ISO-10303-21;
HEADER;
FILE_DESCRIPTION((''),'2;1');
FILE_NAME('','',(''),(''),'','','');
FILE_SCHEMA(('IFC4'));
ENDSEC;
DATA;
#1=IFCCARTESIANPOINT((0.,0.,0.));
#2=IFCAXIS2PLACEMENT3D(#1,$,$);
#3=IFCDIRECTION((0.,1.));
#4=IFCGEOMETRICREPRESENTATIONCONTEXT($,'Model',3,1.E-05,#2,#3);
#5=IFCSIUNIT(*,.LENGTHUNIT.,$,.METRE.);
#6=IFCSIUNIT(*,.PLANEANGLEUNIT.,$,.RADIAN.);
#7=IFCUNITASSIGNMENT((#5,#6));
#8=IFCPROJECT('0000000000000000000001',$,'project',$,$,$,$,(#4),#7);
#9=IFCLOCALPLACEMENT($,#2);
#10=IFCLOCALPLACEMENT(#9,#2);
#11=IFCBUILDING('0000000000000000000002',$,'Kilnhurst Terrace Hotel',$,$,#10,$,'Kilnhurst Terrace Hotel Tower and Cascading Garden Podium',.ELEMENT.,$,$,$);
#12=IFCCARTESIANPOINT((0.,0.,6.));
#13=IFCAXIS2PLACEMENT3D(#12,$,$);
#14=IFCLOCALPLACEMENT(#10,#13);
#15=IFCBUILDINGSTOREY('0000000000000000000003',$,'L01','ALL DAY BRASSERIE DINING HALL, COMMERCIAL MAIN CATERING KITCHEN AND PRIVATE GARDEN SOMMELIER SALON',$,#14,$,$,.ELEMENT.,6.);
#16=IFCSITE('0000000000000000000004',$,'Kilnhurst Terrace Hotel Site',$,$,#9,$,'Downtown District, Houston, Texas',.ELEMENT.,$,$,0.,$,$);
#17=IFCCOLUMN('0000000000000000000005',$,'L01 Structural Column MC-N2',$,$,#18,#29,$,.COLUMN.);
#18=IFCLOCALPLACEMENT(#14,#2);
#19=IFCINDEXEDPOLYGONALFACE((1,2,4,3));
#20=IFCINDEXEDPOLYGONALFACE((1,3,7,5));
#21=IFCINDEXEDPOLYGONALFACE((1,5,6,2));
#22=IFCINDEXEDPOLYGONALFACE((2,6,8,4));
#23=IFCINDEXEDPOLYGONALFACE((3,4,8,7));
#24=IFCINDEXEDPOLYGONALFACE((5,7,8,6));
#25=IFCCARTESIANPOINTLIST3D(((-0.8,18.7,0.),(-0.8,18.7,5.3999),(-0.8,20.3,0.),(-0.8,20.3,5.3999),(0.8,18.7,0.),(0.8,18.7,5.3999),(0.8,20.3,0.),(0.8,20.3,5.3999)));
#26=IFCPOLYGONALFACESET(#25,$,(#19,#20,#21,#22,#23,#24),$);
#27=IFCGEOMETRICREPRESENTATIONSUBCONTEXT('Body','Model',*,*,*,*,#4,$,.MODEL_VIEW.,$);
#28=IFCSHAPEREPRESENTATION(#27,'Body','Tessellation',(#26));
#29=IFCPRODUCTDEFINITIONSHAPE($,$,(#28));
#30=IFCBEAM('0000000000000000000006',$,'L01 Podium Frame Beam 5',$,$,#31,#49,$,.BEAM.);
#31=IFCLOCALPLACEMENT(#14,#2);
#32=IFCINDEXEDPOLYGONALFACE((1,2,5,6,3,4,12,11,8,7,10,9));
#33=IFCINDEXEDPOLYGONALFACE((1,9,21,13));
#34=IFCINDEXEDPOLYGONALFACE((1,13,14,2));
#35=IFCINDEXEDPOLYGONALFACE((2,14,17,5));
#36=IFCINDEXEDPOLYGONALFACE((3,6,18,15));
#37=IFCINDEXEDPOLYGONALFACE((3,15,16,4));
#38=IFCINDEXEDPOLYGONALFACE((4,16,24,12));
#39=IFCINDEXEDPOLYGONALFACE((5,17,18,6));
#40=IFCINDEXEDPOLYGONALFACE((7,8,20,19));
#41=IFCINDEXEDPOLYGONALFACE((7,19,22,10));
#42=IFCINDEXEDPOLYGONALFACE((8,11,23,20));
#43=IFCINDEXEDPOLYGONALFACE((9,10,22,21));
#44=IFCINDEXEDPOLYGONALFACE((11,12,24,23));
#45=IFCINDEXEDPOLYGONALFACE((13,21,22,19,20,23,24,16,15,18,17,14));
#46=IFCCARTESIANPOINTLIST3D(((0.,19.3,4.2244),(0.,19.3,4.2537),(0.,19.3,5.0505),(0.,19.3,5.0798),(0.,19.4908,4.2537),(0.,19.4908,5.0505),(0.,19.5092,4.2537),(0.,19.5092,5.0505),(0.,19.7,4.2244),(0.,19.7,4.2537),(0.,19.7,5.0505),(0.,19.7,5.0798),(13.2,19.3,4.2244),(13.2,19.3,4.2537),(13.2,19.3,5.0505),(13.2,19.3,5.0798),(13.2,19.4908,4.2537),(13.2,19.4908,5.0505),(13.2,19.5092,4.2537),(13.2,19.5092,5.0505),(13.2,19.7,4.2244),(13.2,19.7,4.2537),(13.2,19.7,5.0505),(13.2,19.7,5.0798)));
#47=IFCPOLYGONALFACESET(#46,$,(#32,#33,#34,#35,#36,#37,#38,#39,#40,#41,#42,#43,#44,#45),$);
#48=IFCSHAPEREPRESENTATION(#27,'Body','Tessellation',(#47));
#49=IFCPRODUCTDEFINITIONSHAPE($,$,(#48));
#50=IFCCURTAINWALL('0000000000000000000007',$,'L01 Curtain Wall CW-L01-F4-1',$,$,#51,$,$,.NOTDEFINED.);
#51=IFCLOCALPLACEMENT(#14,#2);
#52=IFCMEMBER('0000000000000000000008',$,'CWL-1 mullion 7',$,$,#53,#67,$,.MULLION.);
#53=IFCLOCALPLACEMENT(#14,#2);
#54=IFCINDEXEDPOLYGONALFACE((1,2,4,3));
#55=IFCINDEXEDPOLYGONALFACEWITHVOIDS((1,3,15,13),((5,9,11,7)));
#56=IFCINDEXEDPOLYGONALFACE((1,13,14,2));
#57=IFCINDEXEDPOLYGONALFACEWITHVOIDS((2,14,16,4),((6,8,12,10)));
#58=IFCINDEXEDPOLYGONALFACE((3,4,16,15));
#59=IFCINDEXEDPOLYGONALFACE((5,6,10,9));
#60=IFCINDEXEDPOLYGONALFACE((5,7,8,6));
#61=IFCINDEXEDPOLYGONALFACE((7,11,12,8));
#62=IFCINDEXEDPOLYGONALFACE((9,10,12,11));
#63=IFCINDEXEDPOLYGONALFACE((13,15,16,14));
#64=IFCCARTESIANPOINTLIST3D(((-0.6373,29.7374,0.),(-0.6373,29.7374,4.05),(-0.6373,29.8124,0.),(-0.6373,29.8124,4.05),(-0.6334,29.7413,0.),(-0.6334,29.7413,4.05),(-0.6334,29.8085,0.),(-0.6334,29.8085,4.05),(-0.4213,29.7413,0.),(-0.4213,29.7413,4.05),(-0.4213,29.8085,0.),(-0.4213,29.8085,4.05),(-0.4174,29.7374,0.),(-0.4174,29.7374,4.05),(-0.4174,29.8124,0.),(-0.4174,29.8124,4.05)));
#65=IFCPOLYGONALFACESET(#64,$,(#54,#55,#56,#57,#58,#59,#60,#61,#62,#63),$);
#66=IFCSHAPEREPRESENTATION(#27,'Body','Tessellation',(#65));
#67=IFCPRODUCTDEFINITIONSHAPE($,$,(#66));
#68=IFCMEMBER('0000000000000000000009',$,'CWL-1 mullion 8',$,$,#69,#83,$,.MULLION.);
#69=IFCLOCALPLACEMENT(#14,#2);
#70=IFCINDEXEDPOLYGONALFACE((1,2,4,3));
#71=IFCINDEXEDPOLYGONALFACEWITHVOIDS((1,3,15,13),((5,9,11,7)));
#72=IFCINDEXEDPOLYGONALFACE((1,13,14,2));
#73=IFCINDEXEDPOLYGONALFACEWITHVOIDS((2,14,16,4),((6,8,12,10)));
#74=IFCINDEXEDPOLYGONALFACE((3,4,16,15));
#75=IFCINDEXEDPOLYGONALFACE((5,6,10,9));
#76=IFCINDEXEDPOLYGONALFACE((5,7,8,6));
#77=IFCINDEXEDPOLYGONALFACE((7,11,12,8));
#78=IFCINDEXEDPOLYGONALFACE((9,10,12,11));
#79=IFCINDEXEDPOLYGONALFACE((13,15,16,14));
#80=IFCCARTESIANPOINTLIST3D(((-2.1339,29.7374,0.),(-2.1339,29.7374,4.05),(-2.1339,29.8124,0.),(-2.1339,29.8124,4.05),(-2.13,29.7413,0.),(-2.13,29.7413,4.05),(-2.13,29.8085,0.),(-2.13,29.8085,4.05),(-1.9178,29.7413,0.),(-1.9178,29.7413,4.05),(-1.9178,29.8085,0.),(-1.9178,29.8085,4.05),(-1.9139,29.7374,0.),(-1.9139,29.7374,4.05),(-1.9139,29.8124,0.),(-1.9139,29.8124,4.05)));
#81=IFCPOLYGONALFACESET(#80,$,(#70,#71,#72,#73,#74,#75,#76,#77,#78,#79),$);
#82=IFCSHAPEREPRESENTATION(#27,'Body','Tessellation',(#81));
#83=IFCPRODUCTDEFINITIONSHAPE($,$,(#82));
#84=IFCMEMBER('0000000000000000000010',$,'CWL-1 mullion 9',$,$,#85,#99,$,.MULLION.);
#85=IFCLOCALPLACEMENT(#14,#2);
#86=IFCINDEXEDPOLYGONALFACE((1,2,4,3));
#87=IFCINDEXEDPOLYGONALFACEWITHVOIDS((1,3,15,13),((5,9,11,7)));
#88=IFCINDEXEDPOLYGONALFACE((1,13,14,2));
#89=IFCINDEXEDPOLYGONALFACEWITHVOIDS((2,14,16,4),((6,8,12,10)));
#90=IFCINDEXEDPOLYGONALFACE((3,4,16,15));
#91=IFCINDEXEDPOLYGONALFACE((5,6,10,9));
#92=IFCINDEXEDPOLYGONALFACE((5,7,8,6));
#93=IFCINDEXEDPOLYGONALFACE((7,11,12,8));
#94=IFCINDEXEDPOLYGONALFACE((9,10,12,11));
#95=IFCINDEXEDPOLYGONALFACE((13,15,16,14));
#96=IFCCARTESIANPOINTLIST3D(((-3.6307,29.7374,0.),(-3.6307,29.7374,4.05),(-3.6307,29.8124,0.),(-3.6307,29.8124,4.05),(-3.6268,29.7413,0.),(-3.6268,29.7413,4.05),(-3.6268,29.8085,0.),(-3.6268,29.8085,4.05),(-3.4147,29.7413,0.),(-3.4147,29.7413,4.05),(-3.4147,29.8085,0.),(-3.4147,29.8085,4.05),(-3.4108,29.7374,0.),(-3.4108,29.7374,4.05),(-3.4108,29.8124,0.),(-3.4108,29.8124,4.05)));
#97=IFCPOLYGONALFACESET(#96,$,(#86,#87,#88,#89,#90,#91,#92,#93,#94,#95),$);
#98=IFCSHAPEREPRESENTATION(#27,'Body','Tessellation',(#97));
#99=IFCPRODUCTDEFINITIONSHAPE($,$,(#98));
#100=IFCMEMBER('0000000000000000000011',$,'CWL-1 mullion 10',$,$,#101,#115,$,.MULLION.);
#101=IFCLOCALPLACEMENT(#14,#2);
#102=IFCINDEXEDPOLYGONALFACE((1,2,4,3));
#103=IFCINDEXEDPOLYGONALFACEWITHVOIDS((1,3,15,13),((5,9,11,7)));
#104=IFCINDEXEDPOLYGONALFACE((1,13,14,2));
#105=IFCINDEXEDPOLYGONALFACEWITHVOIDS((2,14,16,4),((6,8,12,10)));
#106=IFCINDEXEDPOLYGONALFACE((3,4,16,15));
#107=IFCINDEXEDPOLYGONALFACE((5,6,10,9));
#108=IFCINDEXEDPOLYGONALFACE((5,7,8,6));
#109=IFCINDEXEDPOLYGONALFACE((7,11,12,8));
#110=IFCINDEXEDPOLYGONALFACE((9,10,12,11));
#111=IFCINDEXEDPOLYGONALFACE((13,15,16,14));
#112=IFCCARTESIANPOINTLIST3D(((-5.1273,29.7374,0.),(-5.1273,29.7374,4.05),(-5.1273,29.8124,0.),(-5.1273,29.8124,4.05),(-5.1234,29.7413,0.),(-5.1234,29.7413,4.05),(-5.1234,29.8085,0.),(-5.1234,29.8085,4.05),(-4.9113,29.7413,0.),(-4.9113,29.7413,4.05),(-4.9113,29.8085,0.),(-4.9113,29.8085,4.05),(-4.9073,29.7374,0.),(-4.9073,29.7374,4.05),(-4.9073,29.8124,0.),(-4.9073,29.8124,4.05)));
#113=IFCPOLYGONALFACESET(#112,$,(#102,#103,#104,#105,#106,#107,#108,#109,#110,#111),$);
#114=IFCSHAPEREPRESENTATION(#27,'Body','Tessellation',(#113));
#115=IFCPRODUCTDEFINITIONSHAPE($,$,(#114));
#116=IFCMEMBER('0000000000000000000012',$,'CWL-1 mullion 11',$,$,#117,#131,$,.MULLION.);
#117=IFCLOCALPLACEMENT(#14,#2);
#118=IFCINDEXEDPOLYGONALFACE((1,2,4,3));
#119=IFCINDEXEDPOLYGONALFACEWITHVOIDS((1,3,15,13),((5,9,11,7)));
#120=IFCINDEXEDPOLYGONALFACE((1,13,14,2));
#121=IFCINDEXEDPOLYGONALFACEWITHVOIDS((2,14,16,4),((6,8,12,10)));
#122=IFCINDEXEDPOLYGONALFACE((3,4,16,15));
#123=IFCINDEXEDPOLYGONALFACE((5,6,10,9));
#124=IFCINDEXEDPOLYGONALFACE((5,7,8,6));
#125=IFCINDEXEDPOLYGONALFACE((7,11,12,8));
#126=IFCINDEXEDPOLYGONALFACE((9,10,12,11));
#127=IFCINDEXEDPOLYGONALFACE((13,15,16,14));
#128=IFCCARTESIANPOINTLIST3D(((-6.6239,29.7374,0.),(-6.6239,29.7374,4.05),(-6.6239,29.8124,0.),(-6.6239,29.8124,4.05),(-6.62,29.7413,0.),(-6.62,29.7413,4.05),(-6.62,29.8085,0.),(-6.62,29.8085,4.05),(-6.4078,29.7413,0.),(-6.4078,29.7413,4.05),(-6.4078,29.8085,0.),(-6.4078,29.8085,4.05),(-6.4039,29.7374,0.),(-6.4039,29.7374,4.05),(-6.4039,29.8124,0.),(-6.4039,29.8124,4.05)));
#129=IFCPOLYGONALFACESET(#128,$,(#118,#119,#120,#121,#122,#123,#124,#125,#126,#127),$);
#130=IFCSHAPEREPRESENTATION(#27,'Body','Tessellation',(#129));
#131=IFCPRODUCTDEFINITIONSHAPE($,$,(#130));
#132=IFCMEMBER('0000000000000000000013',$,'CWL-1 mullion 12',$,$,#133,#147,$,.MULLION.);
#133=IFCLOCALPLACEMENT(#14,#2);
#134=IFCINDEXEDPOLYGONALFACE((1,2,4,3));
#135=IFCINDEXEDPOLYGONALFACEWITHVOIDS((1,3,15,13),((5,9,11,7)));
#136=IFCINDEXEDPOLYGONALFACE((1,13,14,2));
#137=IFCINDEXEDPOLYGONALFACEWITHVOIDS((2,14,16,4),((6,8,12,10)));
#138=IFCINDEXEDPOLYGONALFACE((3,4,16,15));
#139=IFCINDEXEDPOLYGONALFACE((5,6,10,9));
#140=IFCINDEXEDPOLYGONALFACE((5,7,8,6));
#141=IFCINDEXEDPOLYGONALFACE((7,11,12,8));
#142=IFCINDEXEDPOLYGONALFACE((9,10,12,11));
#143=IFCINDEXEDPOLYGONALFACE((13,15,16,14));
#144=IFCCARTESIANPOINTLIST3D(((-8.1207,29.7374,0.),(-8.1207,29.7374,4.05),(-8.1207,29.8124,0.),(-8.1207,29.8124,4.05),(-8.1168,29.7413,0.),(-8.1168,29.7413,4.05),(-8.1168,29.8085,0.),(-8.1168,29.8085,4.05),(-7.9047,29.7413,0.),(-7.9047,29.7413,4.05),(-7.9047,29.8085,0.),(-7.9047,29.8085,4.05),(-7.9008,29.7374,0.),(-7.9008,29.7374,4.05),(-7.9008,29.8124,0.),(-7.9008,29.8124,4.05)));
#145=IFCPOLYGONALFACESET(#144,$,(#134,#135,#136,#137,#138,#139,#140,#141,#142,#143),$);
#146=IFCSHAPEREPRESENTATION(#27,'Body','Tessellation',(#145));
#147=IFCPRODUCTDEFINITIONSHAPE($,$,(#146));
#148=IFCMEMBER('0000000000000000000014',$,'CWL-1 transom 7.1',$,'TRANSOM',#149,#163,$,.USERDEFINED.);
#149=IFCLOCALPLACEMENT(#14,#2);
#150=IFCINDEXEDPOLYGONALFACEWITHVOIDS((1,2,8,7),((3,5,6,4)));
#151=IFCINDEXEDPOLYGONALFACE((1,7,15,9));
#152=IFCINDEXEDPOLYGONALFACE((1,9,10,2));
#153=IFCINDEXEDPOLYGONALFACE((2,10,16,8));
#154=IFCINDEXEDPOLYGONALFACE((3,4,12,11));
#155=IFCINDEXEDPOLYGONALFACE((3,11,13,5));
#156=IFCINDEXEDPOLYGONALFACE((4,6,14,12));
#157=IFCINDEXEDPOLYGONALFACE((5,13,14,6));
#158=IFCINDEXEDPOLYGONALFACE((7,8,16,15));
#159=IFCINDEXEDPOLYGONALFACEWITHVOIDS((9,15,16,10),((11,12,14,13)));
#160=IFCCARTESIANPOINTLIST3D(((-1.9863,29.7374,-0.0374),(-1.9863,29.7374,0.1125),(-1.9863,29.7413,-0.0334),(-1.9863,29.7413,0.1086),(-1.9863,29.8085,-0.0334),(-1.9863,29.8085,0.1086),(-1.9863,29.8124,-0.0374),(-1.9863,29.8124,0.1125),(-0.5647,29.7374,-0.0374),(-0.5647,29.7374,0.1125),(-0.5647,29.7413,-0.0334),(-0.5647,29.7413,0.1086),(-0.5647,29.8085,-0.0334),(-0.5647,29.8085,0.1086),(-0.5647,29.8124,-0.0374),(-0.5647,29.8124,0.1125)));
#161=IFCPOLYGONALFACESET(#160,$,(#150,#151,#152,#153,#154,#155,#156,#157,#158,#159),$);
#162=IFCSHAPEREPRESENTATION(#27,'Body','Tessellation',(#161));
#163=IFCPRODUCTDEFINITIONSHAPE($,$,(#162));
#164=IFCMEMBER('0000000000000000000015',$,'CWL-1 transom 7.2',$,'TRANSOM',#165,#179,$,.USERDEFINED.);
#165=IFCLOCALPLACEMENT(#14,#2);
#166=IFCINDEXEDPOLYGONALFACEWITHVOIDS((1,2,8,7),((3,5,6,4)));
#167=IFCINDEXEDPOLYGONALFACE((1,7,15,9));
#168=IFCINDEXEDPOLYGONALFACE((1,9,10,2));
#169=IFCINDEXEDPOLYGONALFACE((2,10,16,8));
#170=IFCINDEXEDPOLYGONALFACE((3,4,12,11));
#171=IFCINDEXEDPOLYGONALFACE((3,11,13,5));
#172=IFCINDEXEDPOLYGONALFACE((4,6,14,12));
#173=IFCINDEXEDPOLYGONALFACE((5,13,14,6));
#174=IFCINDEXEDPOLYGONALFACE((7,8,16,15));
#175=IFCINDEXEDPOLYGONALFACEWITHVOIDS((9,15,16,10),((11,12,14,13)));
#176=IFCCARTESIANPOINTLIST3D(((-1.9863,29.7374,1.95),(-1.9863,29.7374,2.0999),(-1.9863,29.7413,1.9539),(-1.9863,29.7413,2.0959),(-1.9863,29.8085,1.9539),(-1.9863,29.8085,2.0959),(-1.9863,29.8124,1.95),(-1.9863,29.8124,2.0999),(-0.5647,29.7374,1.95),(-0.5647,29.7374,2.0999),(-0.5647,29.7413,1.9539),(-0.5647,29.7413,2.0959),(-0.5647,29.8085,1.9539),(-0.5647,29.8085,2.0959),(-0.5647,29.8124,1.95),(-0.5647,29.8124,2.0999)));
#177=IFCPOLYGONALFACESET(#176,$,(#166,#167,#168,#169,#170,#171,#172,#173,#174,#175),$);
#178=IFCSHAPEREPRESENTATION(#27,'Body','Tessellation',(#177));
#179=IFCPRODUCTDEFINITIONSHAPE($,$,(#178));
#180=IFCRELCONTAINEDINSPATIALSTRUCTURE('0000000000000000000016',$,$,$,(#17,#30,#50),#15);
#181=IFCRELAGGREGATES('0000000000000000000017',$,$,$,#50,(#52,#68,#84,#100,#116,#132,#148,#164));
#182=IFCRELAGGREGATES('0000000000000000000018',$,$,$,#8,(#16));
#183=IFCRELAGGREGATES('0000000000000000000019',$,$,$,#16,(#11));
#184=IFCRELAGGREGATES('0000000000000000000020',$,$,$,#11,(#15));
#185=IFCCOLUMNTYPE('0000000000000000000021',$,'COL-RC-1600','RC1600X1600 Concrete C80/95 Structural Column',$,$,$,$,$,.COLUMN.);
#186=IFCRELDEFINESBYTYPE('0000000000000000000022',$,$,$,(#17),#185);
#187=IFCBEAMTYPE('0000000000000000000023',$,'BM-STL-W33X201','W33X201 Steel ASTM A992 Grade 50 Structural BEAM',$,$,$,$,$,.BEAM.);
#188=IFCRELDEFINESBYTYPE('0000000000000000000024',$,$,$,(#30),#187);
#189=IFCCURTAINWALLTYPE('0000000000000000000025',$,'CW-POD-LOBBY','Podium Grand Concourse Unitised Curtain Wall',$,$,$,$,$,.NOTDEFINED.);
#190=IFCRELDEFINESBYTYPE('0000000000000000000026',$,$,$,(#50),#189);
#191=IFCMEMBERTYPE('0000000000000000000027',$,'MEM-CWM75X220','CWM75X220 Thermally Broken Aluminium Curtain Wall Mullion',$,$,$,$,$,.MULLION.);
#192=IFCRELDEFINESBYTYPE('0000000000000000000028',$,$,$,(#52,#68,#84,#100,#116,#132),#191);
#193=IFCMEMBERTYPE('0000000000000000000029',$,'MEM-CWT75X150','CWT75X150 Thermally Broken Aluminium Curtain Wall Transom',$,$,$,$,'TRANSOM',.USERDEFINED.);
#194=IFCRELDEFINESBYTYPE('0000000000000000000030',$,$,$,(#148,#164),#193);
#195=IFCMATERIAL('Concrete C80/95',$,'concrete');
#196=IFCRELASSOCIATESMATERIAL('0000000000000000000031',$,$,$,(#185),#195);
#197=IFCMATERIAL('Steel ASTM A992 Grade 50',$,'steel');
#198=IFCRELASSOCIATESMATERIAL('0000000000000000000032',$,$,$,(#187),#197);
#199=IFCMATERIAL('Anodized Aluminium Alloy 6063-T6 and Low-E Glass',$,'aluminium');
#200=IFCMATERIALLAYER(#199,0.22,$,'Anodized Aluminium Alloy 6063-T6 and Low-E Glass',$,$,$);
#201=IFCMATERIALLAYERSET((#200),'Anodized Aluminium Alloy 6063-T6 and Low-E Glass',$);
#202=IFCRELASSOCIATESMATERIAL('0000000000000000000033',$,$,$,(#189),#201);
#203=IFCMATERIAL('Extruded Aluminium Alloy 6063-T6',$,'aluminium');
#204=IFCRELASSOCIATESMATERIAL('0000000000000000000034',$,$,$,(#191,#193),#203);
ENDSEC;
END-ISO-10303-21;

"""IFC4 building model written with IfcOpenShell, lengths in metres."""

from ifc_helpers import new_model, si_unit, direction, frame, origin, origin_2d, place, context, subcontext, project, spatial, rectangle, hollow_rectangle, i_section, extrude, material, layer, layer_set, material_profile, profile_set, type_object, element, aggregate, save


model = new_model("IFC4")

# Units and contexts
model_context = context("Model", 3, precision=1e-05, world=origin(), true_north=direction((0.0, 1.0)))
body_context = subcontext(model_context, "Body", "Model", "MODEL_VIEW")
ifc_project = project(units=[si_unit("LENGTHUNIT", "METRE"), si_unit("PLANEANGLEUNIT", "RADIAN")], contexts=[model_context])

# Site, building, storey
site_placement = place(None, origin())
site = spatial("IfcSite", under=ifc_project, at=site_placement, Name="Kilnhurst Terrace Hotel Site", LongName="Downtown District, Houston, Texas", CompositionType="ELEMENT", RefElevation=0.0)
building_placement = place(site_placement, origin())
building = spatial("IfcBuilding", under=site, at=building_placement, Name="Kilnhurst Terrace Hotel", LongName="Kilnhurst Terrace Hotel Tower and Cascading Garden Podium", CompositionType="ELEMENT")
storey_placement = place(building_placement, frame((0.0, 0.0, 6.0)))
storey = spatial("IfcBuildingStorey", under=building, at=storey_placement, Name="L01", Description="ALL DAY BRASSERIE DINING HALL, COMMERCIAL MAIN CATERING KITCHEN AND PRIVATE GARDEN SOMMELIER SALON", CompositionType="ELEMENT", Elevation=6.0)

# Column
ifc_material_1 = material(Name="Concrete C80/95", Category="concrete")
ifc_material_profile_1 = material_profile(ifc_material_1, rectangle(XDim=1.6001, YDim=1.6001, at=origin_2d()), Name="RC1600X1600")
ifc_profile_set_1 = profile_set([ifc_material_profile_1], Name="Concrete C80/95")
column_type = type_object("IfcColumnType", Name="COL-RC-1600", Description="RC1600X1600 Concrete C80/95 Structural Column", PredefinedType="COLUMN", material=ifc_profile_set_1)
column_placement = place(storey_placement, frame((0.0, 19.5, 0.0), z_axis=(0.0, 0.0, 1.0), x_axis=(1.0, 0.0, 0.0)))
element("IfcColumn", 1, at=column_placement, inside=storey, type_object=column_type, Name="L01 Structural Column MC-N2", PredefinedType="COLUMN", context=body_context, shape_type="SweptSolid", body=[
    extrude(rectangle(XDim=1.6001, YDim=1.6001, at=origin_2d()), origin(), (0.0, 0.0, 1.0), 5.3999),
])

# Beam
ifc_material_2 = material(Name="Steel ASTM A992 Grade 50", Category="steel")
ifc_material_profile_2 = material_profile(ifc_material_2, i_section(OverallWidth=0.3999, OverallDepth=0.8555, WebThickness=0.0183, FlangeThickness=0.0293, at=origin_2d()), Name="W33X201")
ifc_profile_set_2 = profile_set([ifc_material_profile_2], Name="Steel ASTM A992 Grade 50")
beam_type = type_object("IfcBeamType", Name="BM-STL-W33X201", Description="W33X201 Steel ASTM A992 Grade 50 Structural BEAM", PredefinedType="BEAM", material=ifc_profile_set_2)
beam_placement = place(storey_placement, frame((0.0, 19.5, 4.6521), z_axis=(1.0, 0.0, 0.0), x_axis=(0.0, 1.0, 0.0)))
element("IfcBeam", 2, at=beam_placement, inside=storey, type_object=beam_type, Name="L01 Podium Frame Beam 5", PredefinedType="BEAM", context=body_context, shape_type="SweptSolid", body=[
    extrude(i_section(OverallWidth=0.3999, OverallDepth=0.8555, WebThickness=0.0183, FlangeThickness=0.0293, at=origin_2d()), origin(), (0.0, 0.0, 1.0), 13.2),
])

# Curtain wall, members
ifc_material_3 = material(Name="Anodized Aluminium Alloy 6063-T6 and Low-E Glass", Category="aluminium")
ifc_layer_1 = layer(ifc_material_3, 0.22, Name="Anodized Aluminium Alloy 6063-T6 and Low-E Glass")
ifc_layer_set_1 = layer_set([ifc_layer_1], Name="Anodized Aluminium Alloy 6063-T6 and Low-E Glass")
curtain_wall_type = type_object("IfcCurtainWallType", Name="CW-POD-LOBBY", Description="Podium Grand Concourse Unitised Curtain Wall", PredefinedType="NOTDEFINED", material=ifc_layer_set_1)
curtain_wall_placement = place(storey_placement, origin())
curtain_wall = element("IfcCurtainWall", 3, at=curtain_wall_placement, inside=storey, type_object=curtain_wall_type, Name="L01 Curtain Wall CW-L01-F4-1", PredefinedType="NOTDEFINED")
ifc_material_4 = material(Name="Extruded Aluminium Alloy 6063-T6", Category="aluminium")
ifc_material_profile_3 = material_profile(ifc_material_4, hollow_rectangle(XDim=0.075, YDim=0.22, WallThickness=0.0039, at=origin_2d()), Name="CWM75X220")
ifc_profile_set_3 = profile_set([ifc_material_profile_3], Name="Extruded Aluminium Alloy 6063-T6")
member_type_1 = type_object("IfcMemberType", Name="MEM-CWM75X220", Description="CWM75X220 Thermally Broken Aluminium Curtain Wall Mullion", PredefinedType="MULLION", material=ifc_profile_set_3)
member_1_placement = place(storey_placement, frame((-0.5273, 29.7749, 0.0), z_axis=(0.0, 0.0, 1.0), x_axis=(0.0, -1.0, 0.0)))
member_1 = element("IfcMember", 4, at=member_1_placement, type_object=member_type_1, Name="CWL-1 mullion 7", PredefinedType="MULLION", context=body_context, shape_type="SweptSolid", body=[
    extrude(hollow_rectangle(XDim=0.075, YDim=0.22, WallThickness=0.0039, at=origin_2d()), origin(), (0.0, 0.0, 1.0), 4.05),
])
member_2_placement = place(storey_placement, frame((-2.0239, 29.7749, 0.0), z_axis=(0.0, 0.0, 1.0), x_axis=(0.0, -1.0, 0.0)))
member_2 = element("IfcMember", 5, at=member_2_placement, type_object=member_type_1, Name="CWL-1 mullion 8", PredefinedType="MULLION", context=body_context, shape_type="SweptSolid", body=[
    extrude(hollow_rectangle(XDim=0.075, YDim=0.22, WallThickness=0.0039, at=origin_2d()), origin(), (0.0, 0.0, 1.0), 4.05),
])
member_3_placement = place(storey_placement, frame((-3.5208, 29.7749, 0.0), z_axis=(0.0, 0.0, 1.0), x_axis=(0.0, -1.0, 0.0)))
member_3 = element("IfcMember", 6, at=member_3_placement, type_object=member_type_1, Name="CWL-1 mullion 9", PredefinedType="MULLION", context=body_context, shape_type="SweptSolid", body=[
    extrude(hollow_rectangle(XDim=0.075, YDim=0.22, WallThickness=0.0039, at=origin_2d()), origin(), (0.0, 0.0, 1.0), 4.05),
])
member_4_placement = place(storey_placement, frame((-5.0173, 29.7749, 0.0), z_axis=(0.0, 0.0, 1.0), x_axis=(0.0, -1.0, 0.0)))
member_4 = element("IfcMember", 7, at=member_4_placement, type_object=member_type_1, Name="CWL-1 mullion 10", PredefinedType="MULLION", context=body_context, shape_type="SweptSolid", body=[
    extrude(hollow_rectangle(XDim=0.075, YDim=0.22, WallThickness=0.0039, at=origin_2d()), origin(), (0.0, 0.0, 1.0), 4.05),
])
member_5_placement = place(storey_placement, frame((-6.5139, 29.7749, 0.0), z_axis=(0.0, 0.0, 1.0), x_axis=(0.0, -1.0, 0.0)))
member_5 = element("IfcMember", 8, at=member_5_placement, type_object=member_type_1, Name="CWL-1 mullion 11", PredefinedType="MULLION", context=body_context, shape_type="SweptSolid", body=[
    extrude(hollow_rectangle(XDim=0.075, YDim=0.22, WallThickness=0.0039, at=origin_2d()), origin(), (0.0, 0.0, 1.0), 4.05),
])
member_6_placement = place(storey_placement, frame((-8.0107, 29.7749, 0.0), z_axis=(0.0, 0.0, 1.0), x_axis=(0.0, -1.0, 0.0)))
member_6 = element("IfcMember", 9, at=member_6_placement, type_object=member_type_1, Name="CWL-1 mullion 12", PredefinedType="MULLION", context=body_context, shape_type="SweptSolid", body=[
    extrude(hollow_rectangle(XDim=0.075, YDim=0.22, WallThickness=0.0039, at=origin_2d()), origin(), (0.0, 0.0, 1.0), 4.05),
])
ifc_material_profile_4 = material_profile(ifc_material_4, hollow_rectangle(XDim=0.075, YDim=0.1499, WallThickness=0.0039, at=origin_2d()), Name="CWT75X150")
ifc_profile_set_4 = profile_set([ifc_material_profile_4], Name="Extruded Aluminium Alloy 6063-T6")
member_type_2 = type_object("IfcMemberType", Name="MEM-CWT75X150", Description="CWT75X150 Thermally Broken Aluminium Curtain Wall Transom", ElementType="TRANSOM", PredefinedType="USERDEFINED", material=ifc_profile_set_4)
member_7_placement = place(storey_placement, frame((-0.5647, 29.7749, 0.0376), z_axis=(-1.0, 0.0, 0.0), x_axis=(0.0, -1.0, 0.0)))
member_7 = element("IfcMember", 10, at=member_7_placement, type_object=member_type_2, Name="CWL-1 transom 7.1", ObjectType="TRANSOM", PredefinedType="USERDEFINED", context=body_context, shape_type="SweptSolid", body=[
    extrude(hollow_rectangle(XDim=0.075, YDim=0.1499, WallThickness=0.0039, at=origin_2d()), origin(), (0.0, 0.0, 1.0), 1.4216),
])
member_8_placement = place(storey_placement, frame((-0.5647, 29.7749, 2.0249), z_axis=(-1.0, 0.0, 0.0), x_axis=(0.0, -1.0, 0.0)))
member_8 = element("IfcMember", 11, at=member_8_placement, type_object=member_type_2, Name="CWL-1 transom 7.2", ObjectType="TRANSOM", PredefinedType="USERDEFINED", context=body_context, shape_type="SweptSolid", body=[
    extrude(hollow_rectangle(XDim=0.075, YDim=0.1499, WallThickness=0.0039, at=origin_2d()), origin(), (0.0, 0.0, 1.0), 1.4216),
])
aggregate(curtain_wall, [member_1, member_2, member_3, member_4, member_5, member_6, member_7, member_8])

save(model, "model.ifc")
